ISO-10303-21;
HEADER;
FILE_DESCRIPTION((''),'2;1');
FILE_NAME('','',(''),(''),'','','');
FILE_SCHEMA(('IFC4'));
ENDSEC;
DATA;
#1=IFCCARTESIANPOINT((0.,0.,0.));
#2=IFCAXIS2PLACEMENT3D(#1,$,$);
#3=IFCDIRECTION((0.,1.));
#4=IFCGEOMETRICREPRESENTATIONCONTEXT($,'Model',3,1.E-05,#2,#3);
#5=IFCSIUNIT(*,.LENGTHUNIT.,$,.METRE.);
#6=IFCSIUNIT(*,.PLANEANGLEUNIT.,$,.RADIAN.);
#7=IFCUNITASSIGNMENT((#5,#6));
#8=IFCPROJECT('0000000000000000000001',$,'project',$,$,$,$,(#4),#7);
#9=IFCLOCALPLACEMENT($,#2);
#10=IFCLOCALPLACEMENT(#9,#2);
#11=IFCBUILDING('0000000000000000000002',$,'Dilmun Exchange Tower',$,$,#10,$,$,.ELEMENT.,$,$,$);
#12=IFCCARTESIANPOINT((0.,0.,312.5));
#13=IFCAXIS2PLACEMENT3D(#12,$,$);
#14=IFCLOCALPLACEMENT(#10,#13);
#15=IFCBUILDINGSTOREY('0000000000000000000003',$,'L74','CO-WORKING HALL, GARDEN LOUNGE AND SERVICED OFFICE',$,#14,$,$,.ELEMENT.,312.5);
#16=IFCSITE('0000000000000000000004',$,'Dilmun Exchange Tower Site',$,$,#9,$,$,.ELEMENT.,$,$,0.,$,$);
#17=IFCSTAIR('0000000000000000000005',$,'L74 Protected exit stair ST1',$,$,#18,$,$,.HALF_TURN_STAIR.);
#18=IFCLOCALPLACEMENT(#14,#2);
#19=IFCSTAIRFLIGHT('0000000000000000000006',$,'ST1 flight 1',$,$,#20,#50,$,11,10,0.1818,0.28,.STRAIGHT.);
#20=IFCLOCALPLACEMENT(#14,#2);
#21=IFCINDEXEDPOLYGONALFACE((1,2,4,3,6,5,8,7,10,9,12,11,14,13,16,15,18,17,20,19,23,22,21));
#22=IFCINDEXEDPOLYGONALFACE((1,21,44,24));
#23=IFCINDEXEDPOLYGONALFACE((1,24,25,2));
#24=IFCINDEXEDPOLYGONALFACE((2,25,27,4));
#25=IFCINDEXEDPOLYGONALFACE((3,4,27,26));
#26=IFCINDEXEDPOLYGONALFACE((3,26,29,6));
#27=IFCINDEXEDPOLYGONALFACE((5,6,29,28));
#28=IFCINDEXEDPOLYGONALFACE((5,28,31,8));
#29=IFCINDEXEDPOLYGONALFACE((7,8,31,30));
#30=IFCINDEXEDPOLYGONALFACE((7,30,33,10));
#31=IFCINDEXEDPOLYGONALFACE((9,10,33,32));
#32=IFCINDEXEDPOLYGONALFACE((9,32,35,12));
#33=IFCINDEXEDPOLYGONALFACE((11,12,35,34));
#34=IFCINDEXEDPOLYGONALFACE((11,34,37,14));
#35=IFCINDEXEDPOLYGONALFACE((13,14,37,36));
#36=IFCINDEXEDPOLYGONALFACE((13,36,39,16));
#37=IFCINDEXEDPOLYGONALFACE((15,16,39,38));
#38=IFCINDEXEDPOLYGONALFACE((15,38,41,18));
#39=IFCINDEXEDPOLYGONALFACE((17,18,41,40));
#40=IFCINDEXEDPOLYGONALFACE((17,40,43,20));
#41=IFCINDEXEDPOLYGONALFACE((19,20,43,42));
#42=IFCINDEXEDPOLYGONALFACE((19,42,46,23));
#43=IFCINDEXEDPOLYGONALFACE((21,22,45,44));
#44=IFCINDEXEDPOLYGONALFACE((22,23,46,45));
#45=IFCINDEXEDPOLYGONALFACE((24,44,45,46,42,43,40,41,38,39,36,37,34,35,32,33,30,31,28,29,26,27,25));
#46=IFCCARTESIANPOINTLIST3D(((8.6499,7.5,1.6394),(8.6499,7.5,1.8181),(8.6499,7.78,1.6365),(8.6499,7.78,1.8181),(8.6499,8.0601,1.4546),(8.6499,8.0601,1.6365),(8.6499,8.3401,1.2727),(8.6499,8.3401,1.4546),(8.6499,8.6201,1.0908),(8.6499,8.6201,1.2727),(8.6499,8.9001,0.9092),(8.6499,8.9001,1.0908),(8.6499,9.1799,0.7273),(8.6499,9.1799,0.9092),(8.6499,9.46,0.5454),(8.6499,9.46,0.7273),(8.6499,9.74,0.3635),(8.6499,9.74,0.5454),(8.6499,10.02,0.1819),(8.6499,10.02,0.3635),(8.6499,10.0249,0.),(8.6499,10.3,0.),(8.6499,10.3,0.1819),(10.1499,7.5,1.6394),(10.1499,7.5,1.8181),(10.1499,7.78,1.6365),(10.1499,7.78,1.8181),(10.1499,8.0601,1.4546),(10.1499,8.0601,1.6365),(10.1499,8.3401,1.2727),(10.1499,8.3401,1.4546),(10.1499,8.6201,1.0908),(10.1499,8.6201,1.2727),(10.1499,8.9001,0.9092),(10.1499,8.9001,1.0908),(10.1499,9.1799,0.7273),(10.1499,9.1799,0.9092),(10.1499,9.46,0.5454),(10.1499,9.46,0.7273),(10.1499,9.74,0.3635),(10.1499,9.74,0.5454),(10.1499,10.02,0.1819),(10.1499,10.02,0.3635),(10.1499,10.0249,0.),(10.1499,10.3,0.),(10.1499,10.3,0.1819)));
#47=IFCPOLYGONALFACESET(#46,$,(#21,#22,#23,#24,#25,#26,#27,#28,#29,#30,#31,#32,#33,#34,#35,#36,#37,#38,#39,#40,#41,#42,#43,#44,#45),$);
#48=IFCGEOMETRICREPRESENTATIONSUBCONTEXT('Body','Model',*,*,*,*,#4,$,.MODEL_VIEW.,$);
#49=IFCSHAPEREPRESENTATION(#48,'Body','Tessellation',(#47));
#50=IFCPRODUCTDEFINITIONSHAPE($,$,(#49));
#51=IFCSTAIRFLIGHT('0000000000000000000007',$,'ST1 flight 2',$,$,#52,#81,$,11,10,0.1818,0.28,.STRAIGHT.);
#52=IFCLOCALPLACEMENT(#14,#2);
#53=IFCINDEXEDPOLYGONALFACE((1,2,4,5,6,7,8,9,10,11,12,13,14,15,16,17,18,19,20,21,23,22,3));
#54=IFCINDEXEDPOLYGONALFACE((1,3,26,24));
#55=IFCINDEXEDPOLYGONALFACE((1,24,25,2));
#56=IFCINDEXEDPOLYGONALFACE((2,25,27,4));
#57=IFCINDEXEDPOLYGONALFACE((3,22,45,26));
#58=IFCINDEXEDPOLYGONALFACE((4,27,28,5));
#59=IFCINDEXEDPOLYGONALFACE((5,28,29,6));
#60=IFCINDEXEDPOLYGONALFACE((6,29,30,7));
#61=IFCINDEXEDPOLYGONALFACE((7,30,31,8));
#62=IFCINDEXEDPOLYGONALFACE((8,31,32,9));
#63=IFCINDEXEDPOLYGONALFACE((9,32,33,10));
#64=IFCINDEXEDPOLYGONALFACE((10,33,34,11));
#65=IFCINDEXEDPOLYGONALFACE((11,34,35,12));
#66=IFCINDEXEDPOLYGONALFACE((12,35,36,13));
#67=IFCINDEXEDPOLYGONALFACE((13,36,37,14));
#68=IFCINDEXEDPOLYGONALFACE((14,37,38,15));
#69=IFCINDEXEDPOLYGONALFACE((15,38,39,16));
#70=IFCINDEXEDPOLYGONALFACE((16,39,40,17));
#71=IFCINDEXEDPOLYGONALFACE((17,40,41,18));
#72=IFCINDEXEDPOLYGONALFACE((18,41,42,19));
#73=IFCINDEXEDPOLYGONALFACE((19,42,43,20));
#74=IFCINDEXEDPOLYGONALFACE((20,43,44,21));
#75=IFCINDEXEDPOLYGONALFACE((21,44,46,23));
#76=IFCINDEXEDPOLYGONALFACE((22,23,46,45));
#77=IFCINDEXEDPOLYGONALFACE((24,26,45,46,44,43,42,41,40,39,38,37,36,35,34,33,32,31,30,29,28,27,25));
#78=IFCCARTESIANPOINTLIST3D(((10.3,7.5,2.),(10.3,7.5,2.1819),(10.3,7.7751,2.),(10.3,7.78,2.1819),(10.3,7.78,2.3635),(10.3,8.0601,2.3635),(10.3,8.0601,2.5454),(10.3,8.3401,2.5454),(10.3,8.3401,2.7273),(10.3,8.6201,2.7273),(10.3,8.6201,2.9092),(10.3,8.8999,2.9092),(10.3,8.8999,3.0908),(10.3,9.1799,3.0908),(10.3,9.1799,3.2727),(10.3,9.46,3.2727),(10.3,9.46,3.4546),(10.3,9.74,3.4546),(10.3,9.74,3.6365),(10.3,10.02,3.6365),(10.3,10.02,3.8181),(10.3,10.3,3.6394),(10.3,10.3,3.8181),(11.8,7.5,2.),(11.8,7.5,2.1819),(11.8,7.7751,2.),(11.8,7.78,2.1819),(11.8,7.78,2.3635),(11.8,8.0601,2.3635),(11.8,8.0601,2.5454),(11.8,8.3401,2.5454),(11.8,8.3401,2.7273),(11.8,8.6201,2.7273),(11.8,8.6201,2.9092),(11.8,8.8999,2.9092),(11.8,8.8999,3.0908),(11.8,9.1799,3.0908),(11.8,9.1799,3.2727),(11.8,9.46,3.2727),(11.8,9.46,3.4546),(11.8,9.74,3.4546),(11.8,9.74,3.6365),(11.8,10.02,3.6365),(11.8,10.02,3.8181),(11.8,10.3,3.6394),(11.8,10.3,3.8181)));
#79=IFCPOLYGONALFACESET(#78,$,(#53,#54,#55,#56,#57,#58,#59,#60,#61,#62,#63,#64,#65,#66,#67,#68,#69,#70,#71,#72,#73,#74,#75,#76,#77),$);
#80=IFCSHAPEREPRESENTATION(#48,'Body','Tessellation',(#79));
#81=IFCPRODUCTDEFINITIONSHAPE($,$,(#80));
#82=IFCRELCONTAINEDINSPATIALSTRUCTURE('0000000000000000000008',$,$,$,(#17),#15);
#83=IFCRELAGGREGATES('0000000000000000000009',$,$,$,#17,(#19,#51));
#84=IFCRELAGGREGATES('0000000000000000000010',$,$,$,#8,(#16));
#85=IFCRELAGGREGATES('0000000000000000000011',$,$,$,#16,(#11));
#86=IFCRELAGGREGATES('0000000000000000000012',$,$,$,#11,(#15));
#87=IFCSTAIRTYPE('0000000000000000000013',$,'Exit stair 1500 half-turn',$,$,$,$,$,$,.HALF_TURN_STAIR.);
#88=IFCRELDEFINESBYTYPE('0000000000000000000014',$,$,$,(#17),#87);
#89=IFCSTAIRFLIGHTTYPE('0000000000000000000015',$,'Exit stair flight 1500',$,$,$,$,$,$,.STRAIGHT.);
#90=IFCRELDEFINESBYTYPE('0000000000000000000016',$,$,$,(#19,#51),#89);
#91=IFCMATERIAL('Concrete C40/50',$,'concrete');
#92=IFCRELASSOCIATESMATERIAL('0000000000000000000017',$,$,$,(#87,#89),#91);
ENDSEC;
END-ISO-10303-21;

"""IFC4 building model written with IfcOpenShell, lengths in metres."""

from ifc_helpers import new_model, si_unit, direction, frame, origin, place, context, subcontext, project, spatial, polyline, outline, extrude, material, type_object, element, aggregate, save


model = new_model("IFC4")

# Units and contexts
model_context = context("Model", 3, precision=1e-05, world=origin(), true_north=direction((0.0, 1.0)))
body_context = subcontext(model_context, "Body", "Model", "MODEL_VIEW")
ifc_project = project(units=[si_unit("LENGTHUNIT", "METRE"), si_unit("PLANEANGLEUNIT", "RADIAN")], contexts=[model_context])

# Site, building, storey
site_placement = place(None, origin())
site = spatial("IfcSite", under=ifc_project, at=site_placement, Name="Dilmun Exchange Tower Site", CompositionType="ELEMENT", RefElevation=0.0)
building_placement = place(site_placement, origin())
building = spatial("IfcBuilding", under=site, at=building_placement, Name="Dilmun Exchange Tower", CompositionType="ELEMENT")
storey_placement = place(building_placement, frame((0.0, 0.0, 312.5)))
storey = spatial("IfcBuildingStorey", under=building, at=storey_placement, Name="L74", Description="CO-WORKING HALL, GARDEN LOUNGE AND SERVICED OFFICE", CompositionType="ELEMENT", Elevation=312.5)

# Shared definitions
ifc_material_1 = material(Name="Concrete C40/50", Category="concrete")

# Stair, stair flights
stair_type = type_object("IfcStairType", Name="Exit stair 1500 half-turn", PredefinedType="HALF_TURN_STAIR", material=ifc_material_1)
stair_placement = place(storey_placement, origin())
stair = element("IfcStair", 1, at=stair_placement, inside=storey, type_object=stair_type, Name="L74 Protected exit stair ST1", PredefinedType="HALF_TURN_STAIR")
stair_flight_type = type_object("IfcStairFlightType", Name="Exit stair flight 1500", PredefinedType="STRAIGHT", material=ifc_material_1)
stair_flight_1_placement = place(storey_placement, frame((9.3999, 10.3, 0.0), z_axis=(0.0, 0.0, 1.0), x_axis=(0.0, -1.0, 0.0)))
stair_flight_1 = element("IfcStairFlight", 2, at=stair_flight_1_placement, type_object=stair_flight_type, Name="ST1 flight 1", NumberOfRisers=11, NumberOfTreads=10, PredefinedType="STRAIGHT", RiserHeight=0.1818, TreadLength=0.28, context=body_context, shape_type="SweptSolid", body=[
    extrude(outline(polyline([(0.0, 0.0), (0.0, 0.1819), (0.28, 0.1819), (0.28, 0.3635), (0.5601, 0.3635), (0.5601, 0.5454), (0.8401, 0.5454), (0.8401, 0.7273), (1.1201, 0.7273), (1.1201, 0.9092), (1.3999, 0.9092), (1.3999, 1.0908), (1.6799, 1.0908), (1.6799, 1.2727), (1.96, 1.2727), (1.96, 1.4546), (2.24, 1.4546), (2.24, 1.6365), (2.52, 1.6365), (2.52, 1.8181), (2.8, 1.8181), (2.8, 2.0), (2.8, 1.6394), (0.2751, 0.0), (0.0, 0.0)])), frame((0.0, 0.75, 0.0), z_axis=(0.0, -1.0, 0.0), x_axis=(1.0, 0.0, 0.0)), (0.0, 0.0, 1.0), 1.5),
])
stair_flight_2_placement = place(storey_placement, frame((11.05, 7.5, 2.0), z_axis=(0.0, 0.0, 1.0), x_axis=(0.0, 1.0, 0.0)))
stair_flight_2 = element("IfcStairFlight", 3, at=stair_flight_2_placement, type_object=stair_flight_type, Name="ST1 flight 2", NumberOfRisers=11, NumberOfTreads=10, PredefinedType="STRAIGHT", RiserHeight=0.1818, TreadLength=0.28, context=body_context, shape_type="SweptSolid", body=[
    extrude(outline(polyline([(0.0, 0.0), (0.0, 0.1819), (0.28, 0.1819), (0.28, 0.3635), (0.5601, 0.3635), (0.5601, 0.5454), (0.8401, 0.5454), (0.8401, 0.7273), (1.1201, 0.7273), (1.1201, 0.9092), (1.3999, 0.9092), (1.3999, 1.0908), (1.6799, 1.0908), (1.6799, 1.2727), (1.96, 1.2727), (1.96, 1.4546), (2.24, 1.4546), (2.24, 1.6365), (2.52, 1.6365), (2.52, 1.8181), (2.8, 1.8181), (2.8, 2.0), (2.8, 1.6394), (0.2751, 0.0), (0.0, 0.0)])), frame((0.0, 0.75, 0.0), z_axis=(0.0, -1.0, 0.0), x_axis=(1.0, 0.0, 0.0)), (0.0, 0.0, 1.0), 1.5),
])
aggregate(stair, [stair_flight_1, stair_flight_2])

save(model, "model.ifc")
